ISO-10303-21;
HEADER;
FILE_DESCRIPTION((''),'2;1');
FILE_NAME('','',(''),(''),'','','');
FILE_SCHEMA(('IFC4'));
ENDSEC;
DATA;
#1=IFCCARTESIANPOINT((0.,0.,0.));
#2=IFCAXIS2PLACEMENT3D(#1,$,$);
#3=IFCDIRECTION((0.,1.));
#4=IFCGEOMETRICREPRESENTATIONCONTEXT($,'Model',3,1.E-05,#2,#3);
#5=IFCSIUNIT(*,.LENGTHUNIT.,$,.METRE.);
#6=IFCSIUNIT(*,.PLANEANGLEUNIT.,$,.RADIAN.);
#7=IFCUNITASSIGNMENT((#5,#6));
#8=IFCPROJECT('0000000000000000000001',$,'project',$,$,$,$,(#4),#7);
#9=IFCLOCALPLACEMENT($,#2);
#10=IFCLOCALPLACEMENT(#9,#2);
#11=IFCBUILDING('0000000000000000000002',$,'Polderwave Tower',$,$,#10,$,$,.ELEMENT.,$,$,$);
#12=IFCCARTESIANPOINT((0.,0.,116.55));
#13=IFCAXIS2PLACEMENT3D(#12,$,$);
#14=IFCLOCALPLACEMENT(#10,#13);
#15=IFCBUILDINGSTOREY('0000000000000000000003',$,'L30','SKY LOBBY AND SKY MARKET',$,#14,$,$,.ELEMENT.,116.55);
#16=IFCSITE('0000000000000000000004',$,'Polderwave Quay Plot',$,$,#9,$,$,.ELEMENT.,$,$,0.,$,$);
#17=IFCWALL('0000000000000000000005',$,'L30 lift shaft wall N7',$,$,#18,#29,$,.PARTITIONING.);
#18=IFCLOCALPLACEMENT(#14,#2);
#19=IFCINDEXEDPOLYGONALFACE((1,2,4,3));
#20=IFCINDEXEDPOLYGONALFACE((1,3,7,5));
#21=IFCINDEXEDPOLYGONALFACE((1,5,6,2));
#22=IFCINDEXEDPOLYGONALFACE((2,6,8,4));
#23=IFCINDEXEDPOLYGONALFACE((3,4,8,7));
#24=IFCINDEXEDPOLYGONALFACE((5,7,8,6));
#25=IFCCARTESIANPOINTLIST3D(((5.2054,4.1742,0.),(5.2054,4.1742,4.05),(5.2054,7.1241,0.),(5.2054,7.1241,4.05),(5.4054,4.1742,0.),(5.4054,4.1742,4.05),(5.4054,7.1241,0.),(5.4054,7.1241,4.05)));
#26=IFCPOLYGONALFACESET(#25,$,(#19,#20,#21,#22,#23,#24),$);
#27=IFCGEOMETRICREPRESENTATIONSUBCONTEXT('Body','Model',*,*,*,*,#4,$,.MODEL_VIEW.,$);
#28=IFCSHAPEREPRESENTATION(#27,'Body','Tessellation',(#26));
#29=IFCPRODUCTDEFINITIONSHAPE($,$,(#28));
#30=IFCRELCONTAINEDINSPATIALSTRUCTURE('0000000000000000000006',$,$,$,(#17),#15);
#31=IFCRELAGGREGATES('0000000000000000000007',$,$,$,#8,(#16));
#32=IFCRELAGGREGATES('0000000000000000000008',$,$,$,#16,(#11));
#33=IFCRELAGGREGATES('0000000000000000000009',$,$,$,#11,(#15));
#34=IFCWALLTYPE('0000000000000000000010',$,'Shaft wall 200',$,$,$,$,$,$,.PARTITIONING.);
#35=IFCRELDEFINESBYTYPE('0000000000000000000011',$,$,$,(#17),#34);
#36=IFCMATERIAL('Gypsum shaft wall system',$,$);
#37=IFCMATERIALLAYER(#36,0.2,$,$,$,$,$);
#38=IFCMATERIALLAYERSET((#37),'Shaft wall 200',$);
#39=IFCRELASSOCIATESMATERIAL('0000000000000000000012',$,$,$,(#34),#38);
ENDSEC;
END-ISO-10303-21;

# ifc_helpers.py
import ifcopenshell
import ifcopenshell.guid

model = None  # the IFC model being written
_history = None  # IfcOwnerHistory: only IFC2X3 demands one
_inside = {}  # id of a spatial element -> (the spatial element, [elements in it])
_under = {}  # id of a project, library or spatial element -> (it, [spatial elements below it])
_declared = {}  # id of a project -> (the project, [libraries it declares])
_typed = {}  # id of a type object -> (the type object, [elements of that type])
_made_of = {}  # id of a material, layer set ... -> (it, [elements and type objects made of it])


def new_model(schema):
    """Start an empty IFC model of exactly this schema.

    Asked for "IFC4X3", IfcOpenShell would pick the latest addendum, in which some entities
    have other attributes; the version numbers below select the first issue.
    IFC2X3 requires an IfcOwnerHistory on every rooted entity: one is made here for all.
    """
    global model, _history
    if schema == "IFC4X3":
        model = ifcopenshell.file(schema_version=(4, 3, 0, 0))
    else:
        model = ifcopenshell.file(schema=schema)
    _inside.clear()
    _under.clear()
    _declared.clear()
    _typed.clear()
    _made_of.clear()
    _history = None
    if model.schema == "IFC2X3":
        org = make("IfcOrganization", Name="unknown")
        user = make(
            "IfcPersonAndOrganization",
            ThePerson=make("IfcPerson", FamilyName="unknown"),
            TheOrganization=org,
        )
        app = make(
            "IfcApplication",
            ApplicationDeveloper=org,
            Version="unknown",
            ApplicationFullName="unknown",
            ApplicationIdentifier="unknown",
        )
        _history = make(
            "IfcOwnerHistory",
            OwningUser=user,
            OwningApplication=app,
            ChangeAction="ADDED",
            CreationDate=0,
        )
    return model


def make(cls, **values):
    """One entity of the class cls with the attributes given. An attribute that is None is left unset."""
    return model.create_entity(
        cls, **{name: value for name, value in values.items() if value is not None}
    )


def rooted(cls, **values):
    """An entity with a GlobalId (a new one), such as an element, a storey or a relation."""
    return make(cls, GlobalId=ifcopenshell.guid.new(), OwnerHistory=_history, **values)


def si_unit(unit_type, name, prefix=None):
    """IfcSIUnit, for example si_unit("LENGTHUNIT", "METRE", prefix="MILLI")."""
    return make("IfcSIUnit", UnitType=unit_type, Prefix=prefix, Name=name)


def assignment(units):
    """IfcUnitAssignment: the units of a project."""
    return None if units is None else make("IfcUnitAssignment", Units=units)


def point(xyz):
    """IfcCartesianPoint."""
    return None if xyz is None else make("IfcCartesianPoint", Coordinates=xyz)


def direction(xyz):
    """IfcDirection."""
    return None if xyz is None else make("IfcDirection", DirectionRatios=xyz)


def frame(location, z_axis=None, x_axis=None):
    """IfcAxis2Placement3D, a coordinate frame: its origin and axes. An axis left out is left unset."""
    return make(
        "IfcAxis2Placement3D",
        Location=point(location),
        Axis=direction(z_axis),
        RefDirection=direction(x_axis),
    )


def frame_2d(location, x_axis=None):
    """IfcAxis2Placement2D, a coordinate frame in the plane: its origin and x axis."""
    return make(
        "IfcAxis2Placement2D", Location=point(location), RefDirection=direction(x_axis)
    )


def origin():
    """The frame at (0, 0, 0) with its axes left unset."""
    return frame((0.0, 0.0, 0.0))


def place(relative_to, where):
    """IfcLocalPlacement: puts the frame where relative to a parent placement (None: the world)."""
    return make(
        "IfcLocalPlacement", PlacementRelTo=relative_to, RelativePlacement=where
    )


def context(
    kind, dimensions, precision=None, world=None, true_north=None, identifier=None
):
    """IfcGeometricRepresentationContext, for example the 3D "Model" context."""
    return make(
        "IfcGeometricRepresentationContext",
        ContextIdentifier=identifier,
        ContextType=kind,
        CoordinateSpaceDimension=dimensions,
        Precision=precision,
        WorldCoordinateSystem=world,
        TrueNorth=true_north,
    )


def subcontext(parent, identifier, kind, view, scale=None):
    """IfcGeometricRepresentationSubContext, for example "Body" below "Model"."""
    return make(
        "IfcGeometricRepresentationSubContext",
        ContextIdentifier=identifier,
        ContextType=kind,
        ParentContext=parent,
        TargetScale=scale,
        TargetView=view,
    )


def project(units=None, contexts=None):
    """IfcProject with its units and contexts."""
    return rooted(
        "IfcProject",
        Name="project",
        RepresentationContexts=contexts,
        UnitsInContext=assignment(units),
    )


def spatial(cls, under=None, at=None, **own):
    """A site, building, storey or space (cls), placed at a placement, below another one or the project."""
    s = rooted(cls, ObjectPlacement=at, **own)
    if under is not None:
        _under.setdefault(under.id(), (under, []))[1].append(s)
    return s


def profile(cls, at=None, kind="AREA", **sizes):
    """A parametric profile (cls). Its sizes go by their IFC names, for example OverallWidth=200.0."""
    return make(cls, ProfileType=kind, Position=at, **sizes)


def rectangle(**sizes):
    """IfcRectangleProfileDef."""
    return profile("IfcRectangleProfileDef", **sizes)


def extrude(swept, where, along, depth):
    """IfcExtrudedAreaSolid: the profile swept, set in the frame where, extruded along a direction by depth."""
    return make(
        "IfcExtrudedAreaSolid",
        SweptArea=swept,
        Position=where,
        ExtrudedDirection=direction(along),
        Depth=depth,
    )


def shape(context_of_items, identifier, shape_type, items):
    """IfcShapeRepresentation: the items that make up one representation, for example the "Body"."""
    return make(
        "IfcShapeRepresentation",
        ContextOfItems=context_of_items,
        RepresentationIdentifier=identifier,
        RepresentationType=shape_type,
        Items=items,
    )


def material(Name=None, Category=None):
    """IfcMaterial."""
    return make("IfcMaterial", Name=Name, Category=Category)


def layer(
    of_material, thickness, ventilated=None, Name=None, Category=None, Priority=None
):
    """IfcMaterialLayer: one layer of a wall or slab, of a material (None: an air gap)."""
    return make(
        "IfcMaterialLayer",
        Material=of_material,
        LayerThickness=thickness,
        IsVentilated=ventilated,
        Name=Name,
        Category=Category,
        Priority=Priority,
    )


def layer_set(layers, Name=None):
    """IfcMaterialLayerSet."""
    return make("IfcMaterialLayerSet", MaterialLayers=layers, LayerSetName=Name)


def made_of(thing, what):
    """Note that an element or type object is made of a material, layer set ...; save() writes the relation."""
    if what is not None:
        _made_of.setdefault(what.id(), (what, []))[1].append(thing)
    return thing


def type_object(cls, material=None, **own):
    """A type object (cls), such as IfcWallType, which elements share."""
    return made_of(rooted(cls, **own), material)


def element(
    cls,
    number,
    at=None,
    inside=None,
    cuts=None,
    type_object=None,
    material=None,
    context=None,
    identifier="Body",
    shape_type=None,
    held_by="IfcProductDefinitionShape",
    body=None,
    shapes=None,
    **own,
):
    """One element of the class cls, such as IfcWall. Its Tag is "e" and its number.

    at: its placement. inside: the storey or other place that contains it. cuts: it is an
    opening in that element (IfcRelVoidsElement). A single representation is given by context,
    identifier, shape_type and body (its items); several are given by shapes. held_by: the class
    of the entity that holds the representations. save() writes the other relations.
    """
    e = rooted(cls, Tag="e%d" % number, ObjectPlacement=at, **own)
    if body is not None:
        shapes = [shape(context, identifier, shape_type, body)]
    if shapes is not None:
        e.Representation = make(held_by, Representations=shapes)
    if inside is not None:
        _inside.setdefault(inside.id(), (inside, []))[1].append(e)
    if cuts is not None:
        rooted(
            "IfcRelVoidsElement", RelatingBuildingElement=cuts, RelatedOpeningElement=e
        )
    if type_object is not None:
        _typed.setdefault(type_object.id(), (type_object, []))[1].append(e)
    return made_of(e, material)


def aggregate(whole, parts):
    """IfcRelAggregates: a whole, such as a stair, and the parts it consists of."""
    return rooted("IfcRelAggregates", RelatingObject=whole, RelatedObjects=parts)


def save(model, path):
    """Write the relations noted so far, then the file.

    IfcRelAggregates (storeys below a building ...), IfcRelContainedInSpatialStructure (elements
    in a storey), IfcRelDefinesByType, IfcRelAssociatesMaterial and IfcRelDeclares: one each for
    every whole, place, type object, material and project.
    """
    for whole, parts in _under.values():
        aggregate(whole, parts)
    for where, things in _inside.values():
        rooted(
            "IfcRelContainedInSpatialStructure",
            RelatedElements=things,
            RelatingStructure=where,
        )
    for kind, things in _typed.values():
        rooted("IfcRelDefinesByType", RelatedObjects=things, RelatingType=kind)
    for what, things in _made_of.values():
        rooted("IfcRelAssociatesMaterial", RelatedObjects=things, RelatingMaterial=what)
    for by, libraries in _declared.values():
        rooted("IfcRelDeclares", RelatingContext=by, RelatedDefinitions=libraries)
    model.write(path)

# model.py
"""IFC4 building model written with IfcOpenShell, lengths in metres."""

from ifc_helpers import new_model, si_unit, direction, frame, frame_2d, origin, place, context, subcontext, project, spatial, rectangle, extrude, material, layer, layer_set, type_object, element, save


model = new_model("IFC4")

# Units and contexts
model_context = context("Model", 3, precision=1e-05, world=origin(), true_north=direction((0.0, 1.0)))
body_context = subcontext(model_context, "Body", "Model", "MODEL_VIEW")
ifc_project = project(units=[si_unit("LENGTHUNIT", "METRE"), si_unit("PLANEANGLEUNIT", "RADIAN")], contexts=[model_context])

# Site, building, storey
site_placement = place(None, origin())
site = spatial("IfcSite", under=ifc_project, at=site_placement, Name="Polderwave Quay Plot", CompositionType="ELEMENT", RefElevation=0.0)
building_placement = place(site_placement, origin())
building = spatial("IfcBuilding", under=site, at=building_placement, Name="Polderwave Tower", CompositionType="ELEMENT")
storey_placement = place(building_placement, frame((0.0, 0.0, 116.55)))
storey = spatial("IfcBuildingStorey", under=building, at=storey_placement, Name="L30", Description="SKY LOBBY AND SKY MARKET", CompositionType="ELEMENT", Elevation=116.55)

# Wall
ifc_material_1 = material(Name="Gypsum shaft wall system")
ifc_layer_1 = layer(ifc_material_1, 0.2)
ifc_layer_set_1 = layer_set([ifc_layer_1], Name="Shaft wall 200")
wall_type_1 = type_object("IfcWallType", Name="Shaft wall 200", PredefinedType="PARTITIONING", material=ifc_layer_set_1)
wall_1_placement = place(storey_placement, frame((5.3054, 4.1741, 0.0), z_axis=(0.0, 0.0, 1.0), x_axis=(0.0, 1.0, 0.0)))
element("IfcWall", 1, at=wall_1_placement, inside=storey, type_object=wall_type_1, Name="L30 lift shaft wall N7", PredefinedType="PARTITIONING", context=body_context, shape_type="SweptSolid", body=[
    extrude(rectangle(XDim=2.95, YDim=0.2, at=frame_2d((1.4751, 0.0))), origin(), (0.0, 0.0, 1.0), 4.05),
])

save(model, "model.ifc")
